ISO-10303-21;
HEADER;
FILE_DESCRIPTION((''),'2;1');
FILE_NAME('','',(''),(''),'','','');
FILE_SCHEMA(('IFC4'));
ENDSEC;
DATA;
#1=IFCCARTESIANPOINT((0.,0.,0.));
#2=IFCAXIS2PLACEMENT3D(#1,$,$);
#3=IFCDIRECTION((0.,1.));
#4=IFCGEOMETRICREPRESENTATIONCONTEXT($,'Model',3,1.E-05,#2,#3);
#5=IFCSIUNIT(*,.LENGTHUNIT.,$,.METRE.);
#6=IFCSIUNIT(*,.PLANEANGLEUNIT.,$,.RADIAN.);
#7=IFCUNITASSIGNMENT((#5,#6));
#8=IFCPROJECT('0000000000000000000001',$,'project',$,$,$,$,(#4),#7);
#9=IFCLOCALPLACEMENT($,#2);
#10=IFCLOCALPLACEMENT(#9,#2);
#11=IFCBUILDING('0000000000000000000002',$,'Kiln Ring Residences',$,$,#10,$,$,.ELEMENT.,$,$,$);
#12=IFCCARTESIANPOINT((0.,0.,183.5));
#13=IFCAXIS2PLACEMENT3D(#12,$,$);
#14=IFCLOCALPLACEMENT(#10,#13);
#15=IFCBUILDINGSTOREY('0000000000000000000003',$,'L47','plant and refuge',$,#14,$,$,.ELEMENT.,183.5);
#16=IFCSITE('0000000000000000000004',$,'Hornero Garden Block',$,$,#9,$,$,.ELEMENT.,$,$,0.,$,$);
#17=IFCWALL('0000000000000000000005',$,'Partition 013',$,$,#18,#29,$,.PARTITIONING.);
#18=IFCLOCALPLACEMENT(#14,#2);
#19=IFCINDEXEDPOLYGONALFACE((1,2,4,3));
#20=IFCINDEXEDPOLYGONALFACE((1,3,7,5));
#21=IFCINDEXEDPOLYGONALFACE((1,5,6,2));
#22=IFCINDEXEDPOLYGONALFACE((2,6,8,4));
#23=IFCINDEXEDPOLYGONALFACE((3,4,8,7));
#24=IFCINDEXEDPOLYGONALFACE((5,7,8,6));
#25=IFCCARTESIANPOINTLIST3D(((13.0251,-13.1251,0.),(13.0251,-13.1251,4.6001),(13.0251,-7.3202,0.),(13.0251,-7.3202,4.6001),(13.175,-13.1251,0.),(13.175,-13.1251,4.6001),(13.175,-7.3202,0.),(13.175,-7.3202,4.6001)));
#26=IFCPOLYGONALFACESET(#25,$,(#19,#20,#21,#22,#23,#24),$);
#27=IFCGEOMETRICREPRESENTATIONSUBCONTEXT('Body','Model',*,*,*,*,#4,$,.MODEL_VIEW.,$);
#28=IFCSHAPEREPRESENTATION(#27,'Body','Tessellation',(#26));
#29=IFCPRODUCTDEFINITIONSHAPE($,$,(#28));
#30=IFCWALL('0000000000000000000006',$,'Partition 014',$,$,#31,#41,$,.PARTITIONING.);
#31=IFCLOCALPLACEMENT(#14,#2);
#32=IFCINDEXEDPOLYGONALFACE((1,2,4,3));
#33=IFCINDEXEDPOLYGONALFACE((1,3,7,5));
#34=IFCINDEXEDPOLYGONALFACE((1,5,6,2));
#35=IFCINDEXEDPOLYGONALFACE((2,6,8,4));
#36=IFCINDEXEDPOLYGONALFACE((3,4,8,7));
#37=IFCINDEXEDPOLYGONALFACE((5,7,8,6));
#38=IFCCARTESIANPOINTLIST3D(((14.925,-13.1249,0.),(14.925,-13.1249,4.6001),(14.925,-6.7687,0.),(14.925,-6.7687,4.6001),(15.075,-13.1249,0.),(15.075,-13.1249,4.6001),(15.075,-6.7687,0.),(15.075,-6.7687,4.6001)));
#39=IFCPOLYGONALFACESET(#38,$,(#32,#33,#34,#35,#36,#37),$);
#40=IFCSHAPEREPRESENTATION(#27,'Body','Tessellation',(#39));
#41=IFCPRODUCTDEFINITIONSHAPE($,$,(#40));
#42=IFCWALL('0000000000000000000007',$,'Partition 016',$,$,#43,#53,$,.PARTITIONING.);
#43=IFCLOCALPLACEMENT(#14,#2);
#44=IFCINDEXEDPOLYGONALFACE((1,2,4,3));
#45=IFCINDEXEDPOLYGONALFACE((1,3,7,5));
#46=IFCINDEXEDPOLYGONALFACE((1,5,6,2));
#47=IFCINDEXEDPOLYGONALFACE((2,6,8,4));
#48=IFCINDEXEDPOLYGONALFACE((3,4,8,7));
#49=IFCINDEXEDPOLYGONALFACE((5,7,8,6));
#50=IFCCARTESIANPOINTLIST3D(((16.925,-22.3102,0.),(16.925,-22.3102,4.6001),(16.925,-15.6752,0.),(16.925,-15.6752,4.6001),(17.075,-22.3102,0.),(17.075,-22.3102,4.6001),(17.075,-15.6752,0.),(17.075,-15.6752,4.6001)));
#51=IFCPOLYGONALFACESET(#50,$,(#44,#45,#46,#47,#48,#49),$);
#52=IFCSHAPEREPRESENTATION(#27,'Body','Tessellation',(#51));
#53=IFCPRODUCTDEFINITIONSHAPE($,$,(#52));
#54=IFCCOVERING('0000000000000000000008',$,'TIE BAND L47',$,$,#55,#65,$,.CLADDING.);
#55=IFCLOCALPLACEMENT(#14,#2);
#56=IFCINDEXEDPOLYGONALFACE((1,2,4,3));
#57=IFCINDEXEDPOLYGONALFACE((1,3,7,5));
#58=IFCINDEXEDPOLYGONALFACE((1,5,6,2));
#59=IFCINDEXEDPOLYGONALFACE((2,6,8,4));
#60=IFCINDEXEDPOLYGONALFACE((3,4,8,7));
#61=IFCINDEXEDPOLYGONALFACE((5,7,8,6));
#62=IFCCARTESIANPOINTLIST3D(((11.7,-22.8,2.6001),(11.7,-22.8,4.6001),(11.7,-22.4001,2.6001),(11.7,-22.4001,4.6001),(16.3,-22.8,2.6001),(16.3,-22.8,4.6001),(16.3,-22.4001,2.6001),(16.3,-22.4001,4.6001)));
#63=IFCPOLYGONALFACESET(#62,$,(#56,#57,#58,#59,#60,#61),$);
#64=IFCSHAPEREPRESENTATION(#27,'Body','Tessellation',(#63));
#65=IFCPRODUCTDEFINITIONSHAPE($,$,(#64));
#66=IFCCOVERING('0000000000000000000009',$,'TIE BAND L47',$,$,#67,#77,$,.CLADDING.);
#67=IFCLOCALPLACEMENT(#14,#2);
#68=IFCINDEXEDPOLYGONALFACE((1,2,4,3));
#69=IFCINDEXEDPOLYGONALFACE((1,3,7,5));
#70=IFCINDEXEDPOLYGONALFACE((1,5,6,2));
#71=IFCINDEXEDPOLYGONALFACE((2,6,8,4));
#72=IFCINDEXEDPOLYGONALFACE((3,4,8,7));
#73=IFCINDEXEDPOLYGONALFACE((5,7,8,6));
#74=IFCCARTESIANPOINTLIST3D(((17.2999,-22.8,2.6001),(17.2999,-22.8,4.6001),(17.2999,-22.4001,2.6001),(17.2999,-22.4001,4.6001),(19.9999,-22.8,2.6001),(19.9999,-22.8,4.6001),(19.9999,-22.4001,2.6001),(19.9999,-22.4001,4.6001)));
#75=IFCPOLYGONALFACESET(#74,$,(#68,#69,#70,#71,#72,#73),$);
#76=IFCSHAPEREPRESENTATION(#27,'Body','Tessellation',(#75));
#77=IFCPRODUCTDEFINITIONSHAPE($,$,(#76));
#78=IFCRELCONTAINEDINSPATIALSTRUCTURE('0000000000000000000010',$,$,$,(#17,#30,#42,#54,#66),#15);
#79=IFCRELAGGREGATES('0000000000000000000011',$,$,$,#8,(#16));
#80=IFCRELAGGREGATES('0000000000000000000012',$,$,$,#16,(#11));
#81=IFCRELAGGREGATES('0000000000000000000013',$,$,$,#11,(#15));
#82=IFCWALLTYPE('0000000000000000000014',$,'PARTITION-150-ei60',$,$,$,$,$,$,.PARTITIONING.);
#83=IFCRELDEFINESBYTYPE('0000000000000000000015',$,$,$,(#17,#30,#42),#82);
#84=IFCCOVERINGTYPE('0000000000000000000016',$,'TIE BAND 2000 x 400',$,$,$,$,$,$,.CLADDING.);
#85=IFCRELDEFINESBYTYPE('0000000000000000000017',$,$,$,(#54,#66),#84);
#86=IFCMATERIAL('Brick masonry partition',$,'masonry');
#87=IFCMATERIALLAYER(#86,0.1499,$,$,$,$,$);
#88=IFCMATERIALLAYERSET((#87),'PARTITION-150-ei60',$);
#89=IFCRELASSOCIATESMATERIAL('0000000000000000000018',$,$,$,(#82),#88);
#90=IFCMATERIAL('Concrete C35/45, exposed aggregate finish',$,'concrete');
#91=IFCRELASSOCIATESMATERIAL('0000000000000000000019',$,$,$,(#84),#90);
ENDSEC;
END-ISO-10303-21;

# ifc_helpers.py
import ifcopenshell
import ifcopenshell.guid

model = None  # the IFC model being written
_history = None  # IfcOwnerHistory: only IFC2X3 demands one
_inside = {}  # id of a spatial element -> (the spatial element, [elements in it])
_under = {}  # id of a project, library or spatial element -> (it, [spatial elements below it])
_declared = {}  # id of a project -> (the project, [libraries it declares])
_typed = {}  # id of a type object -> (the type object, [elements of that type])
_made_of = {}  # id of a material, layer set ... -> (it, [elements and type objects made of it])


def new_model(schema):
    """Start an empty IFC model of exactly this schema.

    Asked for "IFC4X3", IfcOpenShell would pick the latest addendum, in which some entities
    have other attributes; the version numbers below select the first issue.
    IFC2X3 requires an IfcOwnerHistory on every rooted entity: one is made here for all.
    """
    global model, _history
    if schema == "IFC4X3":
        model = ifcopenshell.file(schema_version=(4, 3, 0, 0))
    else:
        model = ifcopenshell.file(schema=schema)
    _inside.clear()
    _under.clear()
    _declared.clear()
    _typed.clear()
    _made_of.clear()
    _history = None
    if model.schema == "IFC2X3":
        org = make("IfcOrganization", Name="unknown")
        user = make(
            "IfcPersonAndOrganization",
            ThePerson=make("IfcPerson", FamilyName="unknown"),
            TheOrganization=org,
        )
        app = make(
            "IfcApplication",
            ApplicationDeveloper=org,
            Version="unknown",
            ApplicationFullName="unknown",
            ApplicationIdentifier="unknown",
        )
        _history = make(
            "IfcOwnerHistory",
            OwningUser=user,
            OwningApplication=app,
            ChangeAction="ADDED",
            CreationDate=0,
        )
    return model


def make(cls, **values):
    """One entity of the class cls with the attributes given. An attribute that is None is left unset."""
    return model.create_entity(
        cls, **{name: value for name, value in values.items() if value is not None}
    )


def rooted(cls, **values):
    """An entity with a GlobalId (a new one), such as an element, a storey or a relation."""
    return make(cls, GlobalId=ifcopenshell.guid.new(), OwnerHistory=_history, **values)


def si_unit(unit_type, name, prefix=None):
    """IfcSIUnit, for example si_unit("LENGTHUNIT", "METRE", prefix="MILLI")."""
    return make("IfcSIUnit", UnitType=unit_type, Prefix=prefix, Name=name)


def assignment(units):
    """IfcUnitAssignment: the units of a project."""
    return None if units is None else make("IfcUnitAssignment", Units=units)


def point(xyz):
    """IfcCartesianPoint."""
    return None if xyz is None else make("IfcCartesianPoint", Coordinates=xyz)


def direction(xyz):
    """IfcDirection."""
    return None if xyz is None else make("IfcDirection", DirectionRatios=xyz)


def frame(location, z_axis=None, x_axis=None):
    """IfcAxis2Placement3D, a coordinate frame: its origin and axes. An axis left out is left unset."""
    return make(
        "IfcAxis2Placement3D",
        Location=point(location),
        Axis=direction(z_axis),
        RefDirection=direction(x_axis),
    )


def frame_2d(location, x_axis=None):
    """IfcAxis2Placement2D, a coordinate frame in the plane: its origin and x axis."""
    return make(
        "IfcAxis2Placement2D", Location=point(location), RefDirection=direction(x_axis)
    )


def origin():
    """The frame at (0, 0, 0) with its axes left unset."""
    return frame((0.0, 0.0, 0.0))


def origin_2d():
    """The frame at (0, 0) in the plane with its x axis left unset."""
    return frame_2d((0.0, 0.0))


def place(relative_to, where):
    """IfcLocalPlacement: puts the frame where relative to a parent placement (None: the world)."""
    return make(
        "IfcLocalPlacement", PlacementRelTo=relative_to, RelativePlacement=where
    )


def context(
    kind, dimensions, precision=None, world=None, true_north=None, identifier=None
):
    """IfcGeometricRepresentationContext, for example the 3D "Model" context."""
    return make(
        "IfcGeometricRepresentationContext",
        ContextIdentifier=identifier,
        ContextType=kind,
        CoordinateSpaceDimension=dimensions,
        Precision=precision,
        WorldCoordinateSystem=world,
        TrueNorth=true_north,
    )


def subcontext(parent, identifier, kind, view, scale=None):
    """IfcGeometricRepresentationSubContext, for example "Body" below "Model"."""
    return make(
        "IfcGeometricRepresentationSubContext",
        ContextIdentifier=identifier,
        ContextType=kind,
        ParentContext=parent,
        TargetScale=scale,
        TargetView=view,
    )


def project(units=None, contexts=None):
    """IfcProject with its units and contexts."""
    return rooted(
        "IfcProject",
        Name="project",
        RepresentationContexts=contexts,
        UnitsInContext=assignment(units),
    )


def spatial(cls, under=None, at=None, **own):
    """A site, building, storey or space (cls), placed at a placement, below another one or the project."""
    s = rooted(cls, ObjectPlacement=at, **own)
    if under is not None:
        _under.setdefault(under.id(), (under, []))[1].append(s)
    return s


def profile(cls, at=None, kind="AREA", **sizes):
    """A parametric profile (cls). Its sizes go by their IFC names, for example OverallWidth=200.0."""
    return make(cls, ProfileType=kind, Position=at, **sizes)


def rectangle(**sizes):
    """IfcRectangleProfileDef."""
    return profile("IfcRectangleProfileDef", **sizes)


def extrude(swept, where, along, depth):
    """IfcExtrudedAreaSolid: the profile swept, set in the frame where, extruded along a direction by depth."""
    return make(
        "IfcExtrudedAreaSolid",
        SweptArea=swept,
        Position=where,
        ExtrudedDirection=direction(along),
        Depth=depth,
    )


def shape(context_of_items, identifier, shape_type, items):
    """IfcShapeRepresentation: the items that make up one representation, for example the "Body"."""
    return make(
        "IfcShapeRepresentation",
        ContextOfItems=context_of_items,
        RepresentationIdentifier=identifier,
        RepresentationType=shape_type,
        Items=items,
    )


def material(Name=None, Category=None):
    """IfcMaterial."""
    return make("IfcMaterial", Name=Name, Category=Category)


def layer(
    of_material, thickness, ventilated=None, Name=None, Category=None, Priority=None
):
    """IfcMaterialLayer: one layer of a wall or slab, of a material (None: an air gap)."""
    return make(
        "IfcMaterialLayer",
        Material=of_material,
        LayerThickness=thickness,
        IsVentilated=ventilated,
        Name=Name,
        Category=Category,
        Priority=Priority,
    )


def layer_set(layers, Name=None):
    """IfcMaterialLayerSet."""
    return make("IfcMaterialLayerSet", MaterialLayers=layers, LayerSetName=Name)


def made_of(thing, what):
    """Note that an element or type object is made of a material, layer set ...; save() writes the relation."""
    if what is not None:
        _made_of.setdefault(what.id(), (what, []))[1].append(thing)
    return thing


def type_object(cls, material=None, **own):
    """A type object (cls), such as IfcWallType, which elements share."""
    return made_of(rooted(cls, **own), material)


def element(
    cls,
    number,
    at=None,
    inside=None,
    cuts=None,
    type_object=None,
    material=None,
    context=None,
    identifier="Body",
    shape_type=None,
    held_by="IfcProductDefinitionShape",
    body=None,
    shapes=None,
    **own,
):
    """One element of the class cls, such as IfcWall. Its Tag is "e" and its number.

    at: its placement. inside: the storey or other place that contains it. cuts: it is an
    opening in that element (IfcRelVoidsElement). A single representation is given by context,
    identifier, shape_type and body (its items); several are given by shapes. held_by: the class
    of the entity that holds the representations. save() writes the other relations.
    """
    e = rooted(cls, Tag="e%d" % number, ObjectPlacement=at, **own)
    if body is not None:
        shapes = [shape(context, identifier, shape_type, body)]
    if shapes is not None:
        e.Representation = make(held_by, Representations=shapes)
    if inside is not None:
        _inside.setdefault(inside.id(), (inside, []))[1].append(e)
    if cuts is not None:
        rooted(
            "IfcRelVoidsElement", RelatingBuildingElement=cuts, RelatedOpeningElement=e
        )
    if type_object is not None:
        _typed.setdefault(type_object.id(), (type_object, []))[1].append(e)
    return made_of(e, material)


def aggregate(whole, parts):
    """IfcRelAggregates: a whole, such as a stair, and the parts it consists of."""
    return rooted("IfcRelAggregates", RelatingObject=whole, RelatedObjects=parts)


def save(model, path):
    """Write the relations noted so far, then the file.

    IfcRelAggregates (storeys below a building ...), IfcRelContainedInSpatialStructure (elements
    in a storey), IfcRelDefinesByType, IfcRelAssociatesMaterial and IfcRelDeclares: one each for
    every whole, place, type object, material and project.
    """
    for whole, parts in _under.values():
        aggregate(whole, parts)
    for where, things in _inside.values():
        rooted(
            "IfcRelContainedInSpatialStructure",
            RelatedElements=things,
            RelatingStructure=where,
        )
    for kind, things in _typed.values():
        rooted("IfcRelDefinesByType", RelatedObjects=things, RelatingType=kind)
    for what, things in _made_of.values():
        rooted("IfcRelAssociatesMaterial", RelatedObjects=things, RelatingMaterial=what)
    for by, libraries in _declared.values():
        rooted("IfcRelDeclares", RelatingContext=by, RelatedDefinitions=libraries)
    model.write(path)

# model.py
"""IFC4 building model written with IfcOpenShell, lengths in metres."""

from ifc_helpers import new_model, si_unit, direction, frame, frame_2d, origin, origin_2d, place, context, subcontext, project, spatial, rectangle, extrude, material, layer, layer_set, type_object, element, save


model = new_model("IFC4")

# Units and contexts
model_context = context("Model", 3, precision=1e-05, world=origin(), true_north=direction((0.0, 1.0)))
body_context = subcontext(model_context, "Body", "Model", "MODEL_VIEW")
ifc_project = project(units=[si_unit("LENGTHUNIT", "METRE"), si_unit("PLANEANGLEUNIT", "RADIAN")], contexts=[model_context])

# Site, building, storey
site_placement = place(None, origin())
site = spatial("IfcSite", under=ifc_project, at=site_placement, Name="Hornero Garden Block", CompositionType="ELEMENT", RefElevation=0.0)
building_placement = place(site_placement, origin())
building = spatial("IfcBuilding", under=site, at=building_placement, Name="Kiln Ring Residences", CompositionType="ELEMENT")
storey_placement = place(building_placement, frame((0.0, 0.0, 183.5)))
storey = spatial("IfcBuildingStorey", under=building, at=storey_placement, Name="L47", Description="plant and refuge", CompositionType="ELEMENT", Elevation=183.5)

# Shared definitions
ifc_material_1 = material(Name="Brick masonry partition", Category="masonry")
ifc_layer_1 = layer(ifc_material_1, 0.1499)
ifc_layer_set_1 = layer_set([ifc_layer_1], Name="PARTITION-150-ei60")
wall_type_1 = type_object("IfcWallType", Name="PARTITION-150-ei60", PredefinedType="PARTITIONING", material=ifc_layer_set_1)

# Walls
wall_1_placement = place(storey_placement, frame((13.1001, -13.125, 0.0), z_axis=(0.0, 0.0, 1.0), x_axis=(0.0, 1.0, 0.0)))
element("IfcWall", 1, at=wall_1_placement, inside=storey, type_object=wall_type_1, Name="Partition 013", PredefinedType="PARTITIONING", context=body_context, shape_type="SweptSolid", body=[
    extrude(rectangle(XDim=5.8049, YDim=0.1499, at=frame_2d((2.9023, 0.0))), origin(), (0.0, 0.0, 1.0), 4.6001),
])
wall_2_placement = place(storey_placement, frame((15.0, -13.125, 0.0), z_axis=(0.0, 0.0, 1.0), x_axis=(0.0, 1.0, 0.0)))
element("IfcWall", 2, at=wall_2_placement, inside=storey, type_object=wall_type_1, Name="Partition 014", PredefinedType="PARTITIONING", context=body_context, shape_type="SweptSolid", body=[
    extrude(rectangle(XDim=6.3562, YDim=0.1499, at=frame_2d((3.1782, 0.0))), origin(), (0.0, 0.0, 1.0), 4.6001),
])
wall_3_placement = place(storey_placement, frame((17.0, -22.3101, 0.0), z_axis=(0.0, 0.0, 1.0), x_axis=(0.0, 1.0, 0.0)))
element("IfcWall", 3, at=wall_3_placement, inside=storey, type_object=wall_type_1, Name="Partition 016", PredefinedType="PARTITIONING", context=body_context, shape_type="SweptSolid", body=[
    extrude(rectangle(XDim=6.635, YDim=0.1499, at=frame_2d((3.3174, 0.0))), origin(), (0.0, 0.0, 1.0), 4.6001),
])

# Coverings
ifc_material_2 = material(Name="Concrete C35/45, exposed aggregate finish", Category="concrete")
covering_type = type_object("IfcCoveringType", Name="TIE BAND 2000 x 400", PredefinedType="CLADDING", material=ifc_material_2)
covering_1_placement = place(storey_placement, frame((14.0, -22.6001, 2.6001), z_axis=(0.0, 0.0, 1.0), x_axis=(1.0, 0.0, 0.0)))
element("IfcCovering", 4, at=covering_1_placement, inside=storey, type_object=covering_type, Name="TIE BAND L47", PredefinedType="CLADDING", context=body_context, shape_type="SweptSolid", body=[
    extrude(rectangle(XDim=4.6001, YDim=0.3999, at=origin_2d()), origin(), (0.0, 0.0, 1.0), 2.0),
])
covering_2_placement = place(storey_placement, frame((18.6499, -22.6001, 2.6001), z_axis=(0.0, 0.0, 1.0), x_axis=(1.0, 0.0, 0.0)))
element("IfcCovering", 5, at=covering_2_placement, inside=storey, type_object=covering_type, Name="TIE BAND L47", PredefinedType="CLADDING", context=body_context, shape_type="SweptSolid", body=[
    extrude(rectangle(XDim=2.7, YDim=0.3999, at=origin_2d()), origin(), (0.0, 0.0, 1.0), 2.0),
])

save(model, "model.ifc")
